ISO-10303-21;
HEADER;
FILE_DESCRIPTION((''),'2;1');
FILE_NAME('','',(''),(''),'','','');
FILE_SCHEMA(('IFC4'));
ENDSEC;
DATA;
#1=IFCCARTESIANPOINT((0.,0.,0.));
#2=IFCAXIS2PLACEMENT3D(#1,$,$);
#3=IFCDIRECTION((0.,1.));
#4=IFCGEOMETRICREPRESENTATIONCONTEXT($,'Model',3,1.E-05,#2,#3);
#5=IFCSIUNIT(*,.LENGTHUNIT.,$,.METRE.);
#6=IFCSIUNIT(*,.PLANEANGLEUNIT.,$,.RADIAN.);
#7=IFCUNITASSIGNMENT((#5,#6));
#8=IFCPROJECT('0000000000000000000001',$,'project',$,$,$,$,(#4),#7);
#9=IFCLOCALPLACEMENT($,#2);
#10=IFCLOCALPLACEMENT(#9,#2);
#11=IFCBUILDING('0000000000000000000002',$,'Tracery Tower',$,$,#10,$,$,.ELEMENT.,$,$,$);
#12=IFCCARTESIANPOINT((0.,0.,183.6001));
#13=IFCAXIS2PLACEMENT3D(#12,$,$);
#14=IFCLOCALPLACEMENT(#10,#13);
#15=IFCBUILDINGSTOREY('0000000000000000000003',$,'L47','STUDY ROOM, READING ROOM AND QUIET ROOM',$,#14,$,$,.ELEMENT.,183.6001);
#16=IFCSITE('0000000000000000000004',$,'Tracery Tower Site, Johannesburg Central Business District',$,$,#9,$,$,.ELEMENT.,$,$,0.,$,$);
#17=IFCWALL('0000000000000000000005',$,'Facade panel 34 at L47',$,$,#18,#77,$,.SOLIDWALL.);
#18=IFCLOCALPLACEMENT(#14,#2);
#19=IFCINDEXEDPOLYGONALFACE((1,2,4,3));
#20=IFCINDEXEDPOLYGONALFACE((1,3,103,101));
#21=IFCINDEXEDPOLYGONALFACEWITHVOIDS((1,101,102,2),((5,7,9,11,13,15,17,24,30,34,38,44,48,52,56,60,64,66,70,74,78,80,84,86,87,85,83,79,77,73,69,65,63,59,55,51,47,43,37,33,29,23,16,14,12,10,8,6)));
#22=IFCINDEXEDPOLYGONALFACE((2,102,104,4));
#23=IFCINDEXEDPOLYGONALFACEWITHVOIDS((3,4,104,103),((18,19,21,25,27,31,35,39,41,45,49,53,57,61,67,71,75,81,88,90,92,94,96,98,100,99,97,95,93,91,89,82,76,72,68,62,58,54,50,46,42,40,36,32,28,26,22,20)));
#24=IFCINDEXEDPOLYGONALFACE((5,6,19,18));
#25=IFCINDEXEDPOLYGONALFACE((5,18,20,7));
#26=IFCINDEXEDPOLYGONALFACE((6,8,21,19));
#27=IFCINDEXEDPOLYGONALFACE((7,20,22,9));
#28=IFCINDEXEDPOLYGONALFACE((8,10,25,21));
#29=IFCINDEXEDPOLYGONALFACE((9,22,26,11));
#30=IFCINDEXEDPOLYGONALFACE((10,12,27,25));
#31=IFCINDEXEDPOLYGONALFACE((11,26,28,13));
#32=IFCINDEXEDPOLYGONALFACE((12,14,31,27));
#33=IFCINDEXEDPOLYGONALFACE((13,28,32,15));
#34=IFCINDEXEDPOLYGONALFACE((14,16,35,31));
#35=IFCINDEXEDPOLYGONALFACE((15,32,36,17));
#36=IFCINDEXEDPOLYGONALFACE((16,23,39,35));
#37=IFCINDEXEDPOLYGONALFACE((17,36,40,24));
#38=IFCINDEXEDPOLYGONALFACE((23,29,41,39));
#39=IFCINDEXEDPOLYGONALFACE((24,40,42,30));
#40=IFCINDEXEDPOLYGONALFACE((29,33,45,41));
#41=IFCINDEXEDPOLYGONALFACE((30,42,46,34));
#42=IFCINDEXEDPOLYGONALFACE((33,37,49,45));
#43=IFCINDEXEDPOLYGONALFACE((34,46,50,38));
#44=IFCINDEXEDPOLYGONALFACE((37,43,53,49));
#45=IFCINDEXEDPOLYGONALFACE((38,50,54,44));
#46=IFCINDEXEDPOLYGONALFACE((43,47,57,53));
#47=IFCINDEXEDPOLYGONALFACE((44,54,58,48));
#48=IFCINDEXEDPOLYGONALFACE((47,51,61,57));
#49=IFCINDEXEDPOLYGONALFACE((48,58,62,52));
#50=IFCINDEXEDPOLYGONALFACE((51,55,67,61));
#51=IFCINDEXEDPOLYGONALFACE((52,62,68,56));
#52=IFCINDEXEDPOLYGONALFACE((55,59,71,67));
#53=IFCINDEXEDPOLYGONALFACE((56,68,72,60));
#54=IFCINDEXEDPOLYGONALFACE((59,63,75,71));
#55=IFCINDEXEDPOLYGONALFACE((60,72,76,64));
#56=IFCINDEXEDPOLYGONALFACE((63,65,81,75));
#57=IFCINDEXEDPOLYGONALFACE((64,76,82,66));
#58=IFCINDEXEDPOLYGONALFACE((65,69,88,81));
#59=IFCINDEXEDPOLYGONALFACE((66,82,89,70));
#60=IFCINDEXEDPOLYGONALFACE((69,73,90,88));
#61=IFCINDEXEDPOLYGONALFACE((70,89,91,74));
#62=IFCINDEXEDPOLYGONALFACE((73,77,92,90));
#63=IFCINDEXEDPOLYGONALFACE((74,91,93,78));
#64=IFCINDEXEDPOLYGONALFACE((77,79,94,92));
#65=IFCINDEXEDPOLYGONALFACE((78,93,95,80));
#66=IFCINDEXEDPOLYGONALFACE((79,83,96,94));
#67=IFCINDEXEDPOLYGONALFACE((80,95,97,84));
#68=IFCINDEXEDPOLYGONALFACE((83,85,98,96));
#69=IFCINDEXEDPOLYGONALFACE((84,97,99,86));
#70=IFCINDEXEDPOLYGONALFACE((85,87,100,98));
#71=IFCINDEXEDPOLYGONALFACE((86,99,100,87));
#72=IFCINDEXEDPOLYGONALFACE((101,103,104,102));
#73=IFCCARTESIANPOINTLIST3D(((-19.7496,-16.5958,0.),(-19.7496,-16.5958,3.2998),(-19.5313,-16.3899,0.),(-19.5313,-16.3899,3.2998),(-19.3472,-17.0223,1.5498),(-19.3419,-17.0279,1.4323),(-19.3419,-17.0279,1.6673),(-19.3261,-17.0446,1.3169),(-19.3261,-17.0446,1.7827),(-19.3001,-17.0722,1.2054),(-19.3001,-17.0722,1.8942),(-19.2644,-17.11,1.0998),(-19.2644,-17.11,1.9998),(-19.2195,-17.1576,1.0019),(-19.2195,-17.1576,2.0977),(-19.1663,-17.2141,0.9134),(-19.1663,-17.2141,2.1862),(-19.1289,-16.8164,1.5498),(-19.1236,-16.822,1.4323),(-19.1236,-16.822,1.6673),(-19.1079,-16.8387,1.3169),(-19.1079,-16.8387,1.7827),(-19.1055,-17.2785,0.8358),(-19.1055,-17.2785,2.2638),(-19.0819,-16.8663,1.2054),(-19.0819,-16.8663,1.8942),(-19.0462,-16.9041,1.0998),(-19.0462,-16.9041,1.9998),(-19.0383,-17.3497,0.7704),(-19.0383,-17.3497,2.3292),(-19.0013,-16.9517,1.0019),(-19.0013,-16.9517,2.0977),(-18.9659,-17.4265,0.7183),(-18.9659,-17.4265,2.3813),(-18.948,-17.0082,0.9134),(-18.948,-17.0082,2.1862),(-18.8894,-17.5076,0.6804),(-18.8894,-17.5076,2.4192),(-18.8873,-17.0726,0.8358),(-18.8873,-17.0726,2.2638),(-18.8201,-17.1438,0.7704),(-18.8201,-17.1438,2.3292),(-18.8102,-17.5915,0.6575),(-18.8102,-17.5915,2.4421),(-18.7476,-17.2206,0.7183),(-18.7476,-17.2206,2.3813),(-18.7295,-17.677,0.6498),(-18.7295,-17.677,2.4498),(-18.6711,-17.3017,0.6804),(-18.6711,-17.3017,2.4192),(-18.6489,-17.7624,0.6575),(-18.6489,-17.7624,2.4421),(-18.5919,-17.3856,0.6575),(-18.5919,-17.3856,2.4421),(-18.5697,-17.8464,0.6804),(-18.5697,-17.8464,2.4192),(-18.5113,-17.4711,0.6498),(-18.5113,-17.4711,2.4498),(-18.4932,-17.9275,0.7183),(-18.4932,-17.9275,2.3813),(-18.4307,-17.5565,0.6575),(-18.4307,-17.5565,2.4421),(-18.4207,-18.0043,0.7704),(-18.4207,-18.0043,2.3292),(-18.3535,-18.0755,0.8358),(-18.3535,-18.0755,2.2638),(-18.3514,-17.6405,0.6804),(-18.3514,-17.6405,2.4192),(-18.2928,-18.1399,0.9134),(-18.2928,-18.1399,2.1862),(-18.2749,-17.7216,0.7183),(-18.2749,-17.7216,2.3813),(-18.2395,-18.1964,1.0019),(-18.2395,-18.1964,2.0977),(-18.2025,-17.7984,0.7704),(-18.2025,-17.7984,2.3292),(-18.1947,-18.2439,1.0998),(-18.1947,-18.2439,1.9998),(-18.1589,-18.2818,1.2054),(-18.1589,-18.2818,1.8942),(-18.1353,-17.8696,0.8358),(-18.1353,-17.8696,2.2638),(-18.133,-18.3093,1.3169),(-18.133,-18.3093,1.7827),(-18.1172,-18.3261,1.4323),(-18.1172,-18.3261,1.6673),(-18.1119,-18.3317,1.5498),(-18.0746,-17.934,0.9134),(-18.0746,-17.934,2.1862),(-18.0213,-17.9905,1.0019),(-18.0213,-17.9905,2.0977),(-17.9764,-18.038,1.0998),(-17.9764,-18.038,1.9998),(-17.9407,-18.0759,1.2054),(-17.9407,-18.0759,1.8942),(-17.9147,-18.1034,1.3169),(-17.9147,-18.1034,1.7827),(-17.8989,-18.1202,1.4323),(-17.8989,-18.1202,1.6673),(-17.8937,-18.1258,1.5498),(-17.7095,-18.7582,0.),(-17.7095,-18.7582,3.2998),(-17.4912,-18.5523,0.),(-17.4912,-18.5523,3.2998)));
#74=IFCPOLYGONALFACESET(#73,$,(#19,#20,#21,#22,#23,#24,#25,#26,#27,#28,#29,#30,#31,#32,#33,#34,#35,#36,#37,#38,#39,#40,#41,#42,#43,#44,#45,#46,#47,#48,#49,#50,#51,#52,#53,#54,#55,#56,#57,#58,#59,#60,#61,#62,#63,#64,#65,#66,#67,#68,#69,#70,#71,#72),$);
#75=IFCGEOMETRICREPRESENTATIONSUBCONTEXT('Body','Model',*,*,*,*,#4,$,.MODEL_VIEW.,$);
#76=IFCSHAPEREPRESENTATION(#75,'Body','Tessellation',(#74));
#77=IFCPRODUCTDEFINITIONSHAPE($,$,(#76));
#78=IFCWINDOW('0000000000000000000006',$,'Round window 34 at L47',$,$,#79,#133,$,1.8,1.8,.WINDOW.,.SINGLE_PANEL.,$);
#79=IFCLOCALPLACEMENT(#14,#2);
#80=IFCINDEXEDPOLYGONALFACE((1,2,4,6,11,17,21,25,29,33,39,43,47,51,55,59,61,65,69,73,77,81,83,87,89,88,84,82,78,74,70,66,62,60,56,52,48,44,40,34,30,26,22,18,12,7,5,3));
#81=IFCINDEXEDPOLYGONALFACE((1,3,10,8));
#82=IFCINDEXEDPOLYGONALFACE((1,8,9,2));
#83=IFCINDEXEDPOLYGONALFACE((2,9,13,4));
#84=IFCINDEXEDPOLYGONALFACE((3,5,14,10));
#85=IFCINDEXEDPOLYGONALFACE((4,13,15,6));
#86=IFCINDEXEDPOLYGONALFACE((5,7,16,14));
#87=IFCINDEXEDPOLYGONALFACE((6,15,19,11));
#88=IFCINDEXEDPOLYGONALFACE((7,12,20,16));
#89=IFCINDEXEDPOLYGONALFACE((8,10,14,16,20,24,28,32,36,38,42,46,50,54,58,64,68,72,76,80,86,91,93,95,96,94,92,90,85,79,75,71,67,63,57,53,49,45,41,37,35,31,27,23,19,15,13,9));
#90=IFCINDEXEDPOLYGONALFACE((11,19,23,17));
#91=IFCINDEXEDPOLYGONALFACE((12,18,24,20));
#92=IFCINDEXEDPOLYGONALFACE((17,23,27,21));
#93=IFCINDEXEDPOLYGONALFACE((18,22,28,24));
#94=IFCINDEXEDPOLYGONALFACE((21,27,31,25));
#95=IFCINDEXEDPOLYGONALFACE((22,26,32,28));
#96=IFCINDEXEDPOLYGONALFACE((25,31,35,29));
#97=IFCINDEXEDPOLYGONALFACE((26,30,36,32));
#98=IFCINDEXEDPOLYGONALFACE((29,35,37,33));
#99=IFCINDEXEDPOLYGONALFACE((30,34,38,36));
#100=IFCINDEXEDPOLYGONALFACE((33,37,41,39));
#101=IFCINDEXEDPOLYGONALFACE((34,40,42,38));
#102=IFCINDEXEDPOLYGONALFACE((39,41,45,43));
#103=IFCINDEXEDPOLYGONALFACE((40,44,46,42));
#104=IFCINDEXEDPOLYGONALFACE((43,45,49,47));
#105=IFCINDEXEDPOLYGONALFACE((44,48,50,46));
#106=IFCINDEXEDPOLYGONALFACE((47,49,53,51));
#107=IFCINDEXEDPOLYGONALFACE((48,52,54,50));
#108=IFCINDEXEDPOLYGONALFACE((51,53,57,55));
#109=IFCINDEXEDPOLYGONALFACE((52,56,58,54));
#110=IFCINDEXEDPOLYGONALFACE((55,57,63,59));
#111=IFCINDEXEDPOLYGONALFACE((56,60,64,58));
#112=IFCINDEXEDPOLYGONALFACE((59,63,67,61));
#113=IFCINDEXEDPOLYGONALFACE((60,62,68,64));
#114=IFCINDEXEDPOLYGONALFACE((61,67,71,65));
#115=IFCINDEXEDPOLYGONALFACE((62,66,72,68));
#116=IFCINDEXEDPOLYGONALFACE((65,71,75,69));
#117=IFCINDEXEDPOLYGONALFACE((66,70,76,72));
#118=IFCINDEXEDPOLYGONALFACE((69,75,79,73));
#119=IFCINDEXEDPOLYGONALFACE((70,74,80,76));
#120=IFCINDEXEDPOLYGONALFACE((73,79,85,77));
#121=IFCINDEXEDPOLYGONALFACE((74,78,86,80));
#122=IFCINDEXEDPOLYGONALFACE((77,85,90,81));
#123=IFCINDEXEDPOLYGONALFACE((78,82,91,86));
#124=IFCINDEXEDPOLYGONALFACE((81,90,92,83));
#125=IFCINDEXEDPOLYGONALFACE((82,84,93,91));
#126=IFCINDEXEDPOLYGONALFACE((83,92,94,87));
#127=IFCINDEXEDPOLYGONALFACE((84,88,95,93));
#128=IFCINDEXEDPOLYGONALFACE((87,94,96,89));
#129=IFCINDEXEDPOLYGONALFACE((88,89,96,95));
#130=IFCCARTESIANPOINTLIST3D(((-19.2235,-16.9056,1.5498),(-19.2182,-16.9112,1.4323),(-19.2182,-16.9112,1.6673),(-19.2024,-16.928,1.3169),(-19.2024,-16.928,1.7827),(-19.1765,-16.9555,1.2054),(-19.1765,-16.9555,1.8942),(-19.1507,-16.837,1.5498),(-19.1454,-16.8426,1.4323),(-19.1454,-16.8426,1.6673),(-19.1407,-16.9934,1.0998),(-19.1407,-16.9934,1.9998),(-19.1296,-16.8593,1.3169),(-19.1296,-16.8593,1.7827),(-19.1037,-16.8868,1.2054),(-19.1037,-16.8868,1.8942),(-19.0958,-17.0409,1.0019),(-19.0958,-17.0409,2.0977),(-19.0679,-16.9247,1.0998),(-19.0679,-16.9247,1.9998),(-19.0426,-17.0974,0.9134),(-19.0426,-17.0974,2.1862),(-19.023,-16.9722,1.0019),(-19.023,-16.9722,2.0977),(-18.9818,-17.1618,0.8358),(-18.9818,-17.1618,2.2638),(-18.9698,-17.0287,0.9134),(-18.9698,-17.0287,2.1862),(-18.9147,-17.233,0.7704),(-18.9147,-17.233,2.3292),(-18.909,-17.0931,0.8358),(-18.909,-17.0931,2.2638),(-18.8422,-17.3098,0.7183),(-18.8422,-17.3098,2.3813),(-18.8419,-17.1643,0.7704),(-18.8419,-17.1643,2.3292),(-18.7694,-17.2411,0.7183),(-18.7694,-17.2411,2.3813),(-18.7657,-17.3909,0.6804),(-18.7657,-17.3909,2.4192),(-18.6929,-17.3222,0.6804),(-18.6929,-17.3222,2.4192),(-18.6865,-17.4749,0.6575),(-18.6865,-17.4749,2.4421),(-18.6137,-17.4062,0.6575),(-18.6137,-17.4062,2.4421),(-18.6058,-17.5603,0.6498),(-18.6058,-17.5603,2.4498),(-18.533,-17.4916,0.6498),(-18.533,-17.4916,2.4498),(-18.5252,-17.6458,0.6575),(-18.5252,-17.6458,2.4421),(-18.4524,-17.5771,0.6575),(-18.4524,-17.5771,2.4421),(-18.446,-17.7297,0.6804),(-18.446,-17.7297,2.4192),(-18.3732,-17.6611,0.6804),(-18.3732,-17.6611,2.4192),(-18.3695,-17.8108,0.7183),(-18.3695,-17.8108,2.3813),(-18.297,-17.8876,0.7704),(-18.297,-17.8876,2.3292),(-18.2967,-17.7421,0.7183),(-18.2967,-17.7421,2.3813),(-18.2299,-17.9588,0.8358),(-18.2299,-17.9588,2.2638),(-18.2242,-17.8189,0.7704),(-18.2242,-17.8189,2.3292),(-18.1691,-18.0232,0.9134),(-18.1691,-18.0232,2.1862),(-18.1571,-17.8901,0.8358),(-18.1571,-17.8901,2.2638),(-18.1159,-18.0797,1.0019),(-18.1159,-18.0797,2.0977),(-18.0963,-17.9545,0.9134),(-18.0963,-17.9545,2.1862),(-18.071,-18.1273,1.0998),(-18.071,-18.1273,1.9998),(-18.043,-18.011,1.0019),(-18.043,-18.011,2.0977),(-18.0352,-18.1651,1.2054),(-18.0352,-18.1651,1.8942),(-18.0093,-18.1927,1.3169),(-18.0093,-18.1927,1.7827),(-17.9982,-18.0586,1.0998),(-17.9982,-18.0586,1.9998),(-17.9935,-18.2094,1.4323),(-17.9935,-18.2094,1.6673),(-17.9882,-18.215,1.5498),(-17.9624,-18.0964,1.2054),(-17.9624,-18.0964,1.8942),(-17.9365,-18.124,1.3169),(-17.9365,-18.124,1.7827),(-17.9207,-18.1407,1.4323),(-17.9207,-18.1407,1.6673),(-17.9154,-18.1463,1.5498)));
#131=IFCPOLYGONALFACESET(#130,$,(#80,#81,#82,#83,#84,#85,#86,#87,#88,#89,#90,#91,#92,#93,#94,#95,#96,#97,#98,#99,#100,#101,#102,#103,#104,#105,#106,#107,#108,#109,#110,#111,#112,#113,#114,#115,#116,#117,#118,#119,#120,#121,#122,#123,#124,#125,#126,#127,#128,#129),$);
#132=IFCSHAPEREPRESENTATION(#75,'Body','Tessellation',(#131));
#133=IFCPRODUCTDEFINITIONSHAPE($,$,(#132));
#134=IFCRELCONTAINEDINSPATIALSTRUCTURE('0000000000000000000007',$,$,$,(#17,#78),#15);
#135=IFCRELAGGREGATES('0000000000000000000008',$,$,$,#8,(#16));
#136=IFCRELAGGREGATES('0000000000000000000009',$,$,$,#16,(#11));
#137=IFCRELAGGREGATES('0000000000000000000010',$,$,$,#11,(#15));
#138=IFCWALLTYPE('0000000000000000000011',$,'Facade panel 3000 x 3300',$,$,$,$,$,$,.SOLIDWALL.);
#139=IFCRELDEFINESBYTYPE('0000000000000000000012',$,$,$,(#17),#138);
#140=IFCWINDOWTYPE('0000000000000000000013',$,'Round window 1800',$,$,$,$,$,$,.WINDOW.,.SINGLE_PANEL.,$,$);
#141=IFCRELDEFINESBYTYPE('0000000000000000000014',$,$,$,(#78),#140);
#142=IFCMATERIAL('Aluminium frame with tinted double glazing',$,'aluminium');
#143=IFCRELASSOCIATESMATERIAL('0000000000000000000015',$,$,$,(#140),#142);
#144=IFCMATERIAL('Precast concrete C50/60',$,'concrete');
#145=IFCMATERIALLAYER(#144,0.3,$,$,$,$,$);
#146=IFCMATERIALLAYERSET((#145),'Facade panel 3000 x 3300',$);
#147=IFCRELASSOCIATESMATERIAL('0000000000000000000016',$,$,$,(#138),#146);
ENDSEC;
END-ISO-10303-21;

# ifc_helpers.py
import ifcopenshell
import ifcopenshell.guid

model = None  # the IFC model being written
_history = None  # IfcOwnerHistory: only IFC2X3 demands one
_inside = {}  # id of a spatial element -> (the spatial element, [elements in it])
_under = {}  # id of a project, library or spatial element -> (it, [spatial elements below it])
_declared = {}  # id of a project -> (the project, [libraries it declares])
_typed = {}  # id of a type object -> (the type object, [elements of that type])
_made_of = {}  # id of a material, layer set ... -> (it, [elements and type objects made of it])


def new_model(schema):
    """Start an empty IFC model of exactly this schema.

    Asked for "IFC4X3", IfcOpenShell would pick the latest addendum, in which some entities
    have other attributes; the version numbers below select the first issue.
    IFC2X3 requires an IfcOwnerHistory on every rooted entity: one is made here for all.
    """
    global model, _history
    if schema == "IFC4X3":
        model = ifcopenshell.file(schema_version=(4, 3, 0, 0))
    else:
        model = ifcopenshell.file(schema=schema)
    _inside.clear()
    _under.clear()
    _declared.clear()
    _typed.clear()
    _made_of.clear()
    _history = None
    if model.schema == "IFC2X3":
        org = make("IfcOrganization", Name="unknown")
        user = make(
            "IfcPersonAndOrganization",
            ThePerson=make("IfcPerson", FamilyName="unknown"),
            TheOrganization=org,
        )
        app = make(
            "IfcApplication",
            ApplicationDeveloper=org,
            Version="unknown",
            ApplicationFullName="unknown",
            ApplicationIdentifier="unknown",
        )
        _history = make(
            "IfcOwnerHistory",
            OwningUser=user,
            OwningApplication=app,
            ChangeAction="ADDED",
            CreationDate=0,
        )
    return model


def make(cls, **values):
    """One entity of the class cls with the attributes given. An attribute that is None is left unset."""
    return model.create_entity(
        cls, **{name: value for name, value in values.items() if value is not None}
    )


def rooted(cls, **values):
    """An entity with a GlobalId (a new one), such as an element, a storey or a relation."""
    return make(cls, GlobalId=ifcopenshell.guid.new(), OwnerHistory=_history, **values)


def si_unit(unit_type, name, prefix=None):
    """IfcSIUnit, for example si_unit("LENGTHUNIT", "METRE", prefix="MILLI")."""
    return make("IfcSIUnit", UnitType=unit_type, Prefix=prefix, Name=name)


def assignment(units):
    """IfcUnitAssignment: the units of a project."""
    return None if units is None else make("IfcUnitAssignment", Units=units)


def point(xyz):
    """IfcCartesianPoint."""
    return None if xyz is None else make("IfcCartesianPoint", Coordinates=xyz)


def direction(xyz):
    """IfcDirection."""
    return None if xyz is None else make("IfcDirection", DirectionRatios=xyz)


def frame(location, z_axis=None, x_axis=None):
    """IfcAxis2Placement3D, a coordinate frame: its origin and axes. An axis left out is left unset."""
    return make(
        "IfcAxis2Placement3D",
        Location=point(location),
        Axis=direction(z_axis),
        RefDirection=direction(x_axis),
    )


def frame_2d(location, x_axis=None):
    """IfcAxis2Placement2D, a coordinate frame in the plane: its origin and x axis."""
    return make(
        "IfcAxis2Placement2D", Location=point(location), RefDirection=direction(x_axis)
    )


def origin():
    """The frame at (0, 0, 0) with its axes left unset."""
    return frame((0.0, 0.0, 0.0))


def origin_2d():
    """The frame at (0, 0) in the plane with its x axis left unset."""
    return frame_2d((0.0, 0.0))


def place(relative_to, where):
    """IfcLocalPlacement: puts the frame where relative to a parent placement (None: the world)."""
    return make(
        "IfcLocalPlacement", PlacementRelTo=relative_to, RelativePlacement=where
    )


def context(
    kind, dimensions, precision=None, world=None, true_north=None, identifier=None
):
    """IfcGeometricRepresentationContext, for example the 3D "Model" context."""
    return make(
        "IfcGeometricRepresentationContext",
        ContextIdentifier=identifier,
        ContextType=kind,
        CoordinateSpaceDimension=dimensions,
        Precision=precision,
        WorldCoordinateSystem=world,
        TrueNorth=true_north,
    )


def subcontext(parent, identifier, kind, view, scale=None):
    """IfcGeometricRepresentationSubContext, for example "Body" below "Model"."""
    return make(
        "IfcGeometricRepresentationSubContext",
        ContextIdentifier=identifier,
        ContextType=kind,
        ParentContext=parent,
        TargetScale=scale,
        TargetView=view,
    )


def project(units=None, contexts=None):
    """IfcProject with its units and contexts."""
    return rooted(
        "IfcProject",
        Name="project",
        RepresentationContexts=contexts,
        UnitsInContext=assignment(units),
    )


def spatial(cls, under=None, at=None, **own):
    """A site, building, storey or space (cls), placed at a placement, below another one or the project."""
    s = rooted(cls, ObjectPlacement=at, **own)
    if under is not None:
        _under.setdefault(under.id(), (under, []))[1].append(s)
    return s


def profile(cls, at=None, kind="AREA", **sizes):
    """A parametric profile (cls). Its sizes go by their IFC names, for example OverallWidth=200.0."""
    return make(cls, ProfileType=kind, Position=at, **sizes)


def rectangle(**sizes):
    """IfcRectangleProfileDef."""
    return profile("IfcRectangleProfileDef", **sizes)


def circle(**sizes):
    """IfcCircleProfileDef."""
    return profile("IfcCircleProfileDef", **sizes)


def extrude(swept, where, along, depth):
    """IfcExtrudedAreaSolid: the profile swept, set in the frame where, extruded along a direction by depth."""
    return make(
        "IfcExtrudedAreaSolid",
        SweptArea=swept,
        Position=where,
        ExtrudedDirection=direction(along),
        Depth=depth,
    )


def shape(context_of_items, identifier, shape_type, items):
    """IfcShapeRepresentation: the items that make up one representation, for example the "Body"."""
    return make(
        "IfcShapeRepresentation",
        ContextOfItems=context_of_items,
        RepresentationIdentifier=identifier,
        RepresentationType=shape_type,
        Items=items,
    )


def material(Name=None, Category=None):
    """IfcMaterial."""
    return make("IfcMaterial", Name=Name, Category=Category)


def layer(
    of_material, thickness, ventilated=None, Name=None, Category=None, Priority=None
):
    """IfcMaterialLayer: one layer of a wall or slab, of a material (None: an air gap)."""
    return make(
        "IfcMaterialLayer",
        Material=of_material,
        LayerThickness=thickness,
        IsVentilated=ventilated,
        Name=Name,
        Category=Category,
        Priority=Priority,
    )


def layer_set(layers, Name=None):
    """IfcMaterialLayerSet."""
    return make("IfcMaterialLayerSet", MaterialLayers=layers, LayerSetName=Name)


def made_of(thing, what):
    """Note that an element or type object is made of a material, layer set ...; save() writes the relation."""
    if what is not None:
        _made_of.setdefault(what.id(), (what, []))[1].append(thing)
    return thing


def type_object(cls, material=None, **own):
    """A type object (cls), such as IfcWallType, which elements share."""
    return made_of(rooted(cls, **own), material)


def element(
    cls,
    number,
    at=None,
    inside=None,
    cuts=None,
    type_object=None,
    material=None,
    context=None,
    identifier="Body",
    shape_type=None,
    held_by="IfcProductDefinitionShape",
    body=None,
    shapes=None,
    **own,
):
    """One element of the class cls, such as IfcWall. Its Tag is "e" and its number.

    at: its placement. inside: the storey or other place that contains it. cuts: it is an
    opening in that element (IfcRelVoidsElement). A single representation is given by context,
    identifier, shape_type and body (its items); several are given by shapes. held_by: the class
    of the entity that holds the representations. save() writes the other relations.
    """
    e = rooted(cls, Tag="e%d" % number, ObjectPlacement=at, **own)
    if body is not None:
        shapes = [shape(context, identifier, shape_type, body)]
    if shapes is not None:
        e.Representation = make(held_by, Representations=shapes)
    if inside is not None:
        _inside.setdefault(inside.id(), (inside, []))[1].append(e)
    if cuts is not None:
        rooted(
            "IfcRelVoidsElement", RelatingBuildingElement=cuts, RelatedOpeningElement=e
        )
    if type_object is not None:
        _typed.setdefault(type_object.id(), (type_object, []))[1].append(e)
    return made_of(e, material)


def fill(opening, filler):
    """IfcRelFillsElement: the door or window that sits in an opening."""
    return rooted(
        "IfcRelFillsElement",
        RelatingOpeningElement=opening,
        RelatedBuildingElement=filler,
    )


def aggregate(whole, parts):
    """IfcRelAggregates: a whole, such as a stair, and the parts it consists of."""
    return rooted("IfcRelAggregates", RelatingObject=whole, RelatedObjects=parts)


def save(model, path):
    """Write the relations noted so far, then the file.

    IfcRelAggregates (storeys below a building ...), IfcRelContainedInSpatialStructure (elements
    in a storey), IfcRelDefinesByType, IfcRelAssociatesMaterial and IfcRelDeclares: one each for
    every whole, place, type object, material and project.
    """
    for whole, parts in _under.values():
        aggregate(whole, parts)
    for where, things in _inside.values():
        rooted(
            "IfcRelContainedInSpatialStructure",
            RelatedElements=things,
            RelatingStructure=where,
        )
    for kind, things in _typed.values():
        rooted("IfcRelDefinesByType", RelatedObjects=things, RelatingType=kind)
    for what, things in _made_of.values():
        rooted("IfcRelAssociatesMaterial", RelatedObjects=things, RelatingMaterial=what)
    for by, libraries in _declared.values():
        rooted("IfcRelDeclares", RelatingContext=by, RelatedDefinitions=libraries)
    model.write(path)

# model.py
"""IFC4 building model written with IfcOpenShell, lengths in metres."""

from ifc_helpers import new_model, si_unit, direction, frame, frame_2d, origin, origin_2d, place, context, subcontext, project, spatial, rectangle, circle, extrude, material, layer, layer_set, type_object, element, fill, save


model = new_model("IFC4")

# Units and contexts
model_context = context("Model", 3, precision=1e-05, world=origin(), true_north=direction((0.0, 1.0)))
body_context = subcontext(model_context, "Body", "Model", "MODEL_VIEW")
ifc_project = project(units=[si_unit("LENGTHUNIT", "METRE"), si_unit("PLANEANGLEUNIT", "RADIAN")], contexts=[model_context])

# Site, building, storey
site_placement = place(None, origin())
site = spatial("IfcSite", under=ifc_project, at=site_placement, Name="Tracery Tower Site, Johannesburg Central Business District", CompositionType="ELEMENT", RefElevation=0.0)
building_placement = place(site_placement, origin())
building = spatial("IfcBuilding", under=site, at=building_placement, Name="Tracery Tower", CompositionType="ELEMENT")
storey_placement = place(building_placement, frame((0.0, 0.0, 183.6001)))
storey = spatial("IfcBuildingStorey", under=building, at=storey_placement, Name="L47", Description="STUDY ROOM, READING ROOM AND QUIET ROOM", CompositionType="ELEMENT", Elevation=183.6001)

# Wall, opening, window
ifc_material_1 = material(Name="Aluminium frame with tinted double glazing", Category="aluminium")
window_type = type_object("IfcWindowType", Name="Round window 1800", PartitioningType="SINGLE_PANEL", PredefinedType="WINDOW", material=ifc_material_1)
ifc_material_2 = material(Name="Precast concrete C50/60", Category="concrete")
ifc_layer_1 = layer(ifc_material_2, 0.3)
ifc_layer_set_1 = layer_set([ifc_layer_1], Name="Facade panel 3000 x 3300")
wall_type_1 = type_object("IfcWallType", Name="Facade panel 3000 x 3300", PredefinedType="SOLIDWALL", material=ifc_layer_set_1)
wall_1_placement = place(storey_placement, frame((-19.6404, -16.4929, 0.0), z_axis=(0.0, 0.0, 1.0), x_axis=(0.686235, -0.72738, 0.0)))
wall_1 = element("IfcWall", 1, at=wall_1_placement, inside=storey, type_object=wall_type_1, Name="Facade panel 34 at L47", PredefinedType="SOLIDWALL", context=body_context, shape_type="SweptSolid", body=[
    extrude(rectangle(XDim=2.9729, YDim=0.3, at=frame_2d((1.4863, 0.0))), origin(), (0.0, 0.0, 1.0), 3.2998),
])
opening_1_placement = place(wall_1_placement, frame((1.4863, 0.0, 1.5498)))
opening_1 = element("IfcOpeningElement", 2, at=opening_1_placement, cuts=wall_1, PredefinedType="OPENING", context=body_context, shape_type="SweptSolid", body=[
    extrude(circle(Radius=0.9, at=origin_2d()), frame((0.0, 0.1599, 0.0), z_axis=(0.0, -1.0, 0.0), x_axis=(1.0, 0.0, 0.0)), (0.0, 0.0, 1.0), 0.3201),
])
window_1_placement = place(opening_1_placement, origin())
window_1 = element("IfcWindow", 3, at=window_1_placement, inside=storey, type_object=window_type, Name="Round window 34 at L47", OverallHeight=1.8, OverallWidth=1.8, PartitioningType="SINGLE_PANEL", PredefinedType="WINDOW", context=body_context, shape_type="SweptSolid", body=[
    extrude(circle(Radius=0.9, at=origin_2d()), frame((0.0, 0.1201, 0.0), z_axis=(0.0, -1.0, 0.0), x_axis=(1.0, 0.0, 0.0)), (0.0, 0.0, 1.0), 0.1001),
])
fill(opening_1, window_1)

save(model, "model.ifc")
